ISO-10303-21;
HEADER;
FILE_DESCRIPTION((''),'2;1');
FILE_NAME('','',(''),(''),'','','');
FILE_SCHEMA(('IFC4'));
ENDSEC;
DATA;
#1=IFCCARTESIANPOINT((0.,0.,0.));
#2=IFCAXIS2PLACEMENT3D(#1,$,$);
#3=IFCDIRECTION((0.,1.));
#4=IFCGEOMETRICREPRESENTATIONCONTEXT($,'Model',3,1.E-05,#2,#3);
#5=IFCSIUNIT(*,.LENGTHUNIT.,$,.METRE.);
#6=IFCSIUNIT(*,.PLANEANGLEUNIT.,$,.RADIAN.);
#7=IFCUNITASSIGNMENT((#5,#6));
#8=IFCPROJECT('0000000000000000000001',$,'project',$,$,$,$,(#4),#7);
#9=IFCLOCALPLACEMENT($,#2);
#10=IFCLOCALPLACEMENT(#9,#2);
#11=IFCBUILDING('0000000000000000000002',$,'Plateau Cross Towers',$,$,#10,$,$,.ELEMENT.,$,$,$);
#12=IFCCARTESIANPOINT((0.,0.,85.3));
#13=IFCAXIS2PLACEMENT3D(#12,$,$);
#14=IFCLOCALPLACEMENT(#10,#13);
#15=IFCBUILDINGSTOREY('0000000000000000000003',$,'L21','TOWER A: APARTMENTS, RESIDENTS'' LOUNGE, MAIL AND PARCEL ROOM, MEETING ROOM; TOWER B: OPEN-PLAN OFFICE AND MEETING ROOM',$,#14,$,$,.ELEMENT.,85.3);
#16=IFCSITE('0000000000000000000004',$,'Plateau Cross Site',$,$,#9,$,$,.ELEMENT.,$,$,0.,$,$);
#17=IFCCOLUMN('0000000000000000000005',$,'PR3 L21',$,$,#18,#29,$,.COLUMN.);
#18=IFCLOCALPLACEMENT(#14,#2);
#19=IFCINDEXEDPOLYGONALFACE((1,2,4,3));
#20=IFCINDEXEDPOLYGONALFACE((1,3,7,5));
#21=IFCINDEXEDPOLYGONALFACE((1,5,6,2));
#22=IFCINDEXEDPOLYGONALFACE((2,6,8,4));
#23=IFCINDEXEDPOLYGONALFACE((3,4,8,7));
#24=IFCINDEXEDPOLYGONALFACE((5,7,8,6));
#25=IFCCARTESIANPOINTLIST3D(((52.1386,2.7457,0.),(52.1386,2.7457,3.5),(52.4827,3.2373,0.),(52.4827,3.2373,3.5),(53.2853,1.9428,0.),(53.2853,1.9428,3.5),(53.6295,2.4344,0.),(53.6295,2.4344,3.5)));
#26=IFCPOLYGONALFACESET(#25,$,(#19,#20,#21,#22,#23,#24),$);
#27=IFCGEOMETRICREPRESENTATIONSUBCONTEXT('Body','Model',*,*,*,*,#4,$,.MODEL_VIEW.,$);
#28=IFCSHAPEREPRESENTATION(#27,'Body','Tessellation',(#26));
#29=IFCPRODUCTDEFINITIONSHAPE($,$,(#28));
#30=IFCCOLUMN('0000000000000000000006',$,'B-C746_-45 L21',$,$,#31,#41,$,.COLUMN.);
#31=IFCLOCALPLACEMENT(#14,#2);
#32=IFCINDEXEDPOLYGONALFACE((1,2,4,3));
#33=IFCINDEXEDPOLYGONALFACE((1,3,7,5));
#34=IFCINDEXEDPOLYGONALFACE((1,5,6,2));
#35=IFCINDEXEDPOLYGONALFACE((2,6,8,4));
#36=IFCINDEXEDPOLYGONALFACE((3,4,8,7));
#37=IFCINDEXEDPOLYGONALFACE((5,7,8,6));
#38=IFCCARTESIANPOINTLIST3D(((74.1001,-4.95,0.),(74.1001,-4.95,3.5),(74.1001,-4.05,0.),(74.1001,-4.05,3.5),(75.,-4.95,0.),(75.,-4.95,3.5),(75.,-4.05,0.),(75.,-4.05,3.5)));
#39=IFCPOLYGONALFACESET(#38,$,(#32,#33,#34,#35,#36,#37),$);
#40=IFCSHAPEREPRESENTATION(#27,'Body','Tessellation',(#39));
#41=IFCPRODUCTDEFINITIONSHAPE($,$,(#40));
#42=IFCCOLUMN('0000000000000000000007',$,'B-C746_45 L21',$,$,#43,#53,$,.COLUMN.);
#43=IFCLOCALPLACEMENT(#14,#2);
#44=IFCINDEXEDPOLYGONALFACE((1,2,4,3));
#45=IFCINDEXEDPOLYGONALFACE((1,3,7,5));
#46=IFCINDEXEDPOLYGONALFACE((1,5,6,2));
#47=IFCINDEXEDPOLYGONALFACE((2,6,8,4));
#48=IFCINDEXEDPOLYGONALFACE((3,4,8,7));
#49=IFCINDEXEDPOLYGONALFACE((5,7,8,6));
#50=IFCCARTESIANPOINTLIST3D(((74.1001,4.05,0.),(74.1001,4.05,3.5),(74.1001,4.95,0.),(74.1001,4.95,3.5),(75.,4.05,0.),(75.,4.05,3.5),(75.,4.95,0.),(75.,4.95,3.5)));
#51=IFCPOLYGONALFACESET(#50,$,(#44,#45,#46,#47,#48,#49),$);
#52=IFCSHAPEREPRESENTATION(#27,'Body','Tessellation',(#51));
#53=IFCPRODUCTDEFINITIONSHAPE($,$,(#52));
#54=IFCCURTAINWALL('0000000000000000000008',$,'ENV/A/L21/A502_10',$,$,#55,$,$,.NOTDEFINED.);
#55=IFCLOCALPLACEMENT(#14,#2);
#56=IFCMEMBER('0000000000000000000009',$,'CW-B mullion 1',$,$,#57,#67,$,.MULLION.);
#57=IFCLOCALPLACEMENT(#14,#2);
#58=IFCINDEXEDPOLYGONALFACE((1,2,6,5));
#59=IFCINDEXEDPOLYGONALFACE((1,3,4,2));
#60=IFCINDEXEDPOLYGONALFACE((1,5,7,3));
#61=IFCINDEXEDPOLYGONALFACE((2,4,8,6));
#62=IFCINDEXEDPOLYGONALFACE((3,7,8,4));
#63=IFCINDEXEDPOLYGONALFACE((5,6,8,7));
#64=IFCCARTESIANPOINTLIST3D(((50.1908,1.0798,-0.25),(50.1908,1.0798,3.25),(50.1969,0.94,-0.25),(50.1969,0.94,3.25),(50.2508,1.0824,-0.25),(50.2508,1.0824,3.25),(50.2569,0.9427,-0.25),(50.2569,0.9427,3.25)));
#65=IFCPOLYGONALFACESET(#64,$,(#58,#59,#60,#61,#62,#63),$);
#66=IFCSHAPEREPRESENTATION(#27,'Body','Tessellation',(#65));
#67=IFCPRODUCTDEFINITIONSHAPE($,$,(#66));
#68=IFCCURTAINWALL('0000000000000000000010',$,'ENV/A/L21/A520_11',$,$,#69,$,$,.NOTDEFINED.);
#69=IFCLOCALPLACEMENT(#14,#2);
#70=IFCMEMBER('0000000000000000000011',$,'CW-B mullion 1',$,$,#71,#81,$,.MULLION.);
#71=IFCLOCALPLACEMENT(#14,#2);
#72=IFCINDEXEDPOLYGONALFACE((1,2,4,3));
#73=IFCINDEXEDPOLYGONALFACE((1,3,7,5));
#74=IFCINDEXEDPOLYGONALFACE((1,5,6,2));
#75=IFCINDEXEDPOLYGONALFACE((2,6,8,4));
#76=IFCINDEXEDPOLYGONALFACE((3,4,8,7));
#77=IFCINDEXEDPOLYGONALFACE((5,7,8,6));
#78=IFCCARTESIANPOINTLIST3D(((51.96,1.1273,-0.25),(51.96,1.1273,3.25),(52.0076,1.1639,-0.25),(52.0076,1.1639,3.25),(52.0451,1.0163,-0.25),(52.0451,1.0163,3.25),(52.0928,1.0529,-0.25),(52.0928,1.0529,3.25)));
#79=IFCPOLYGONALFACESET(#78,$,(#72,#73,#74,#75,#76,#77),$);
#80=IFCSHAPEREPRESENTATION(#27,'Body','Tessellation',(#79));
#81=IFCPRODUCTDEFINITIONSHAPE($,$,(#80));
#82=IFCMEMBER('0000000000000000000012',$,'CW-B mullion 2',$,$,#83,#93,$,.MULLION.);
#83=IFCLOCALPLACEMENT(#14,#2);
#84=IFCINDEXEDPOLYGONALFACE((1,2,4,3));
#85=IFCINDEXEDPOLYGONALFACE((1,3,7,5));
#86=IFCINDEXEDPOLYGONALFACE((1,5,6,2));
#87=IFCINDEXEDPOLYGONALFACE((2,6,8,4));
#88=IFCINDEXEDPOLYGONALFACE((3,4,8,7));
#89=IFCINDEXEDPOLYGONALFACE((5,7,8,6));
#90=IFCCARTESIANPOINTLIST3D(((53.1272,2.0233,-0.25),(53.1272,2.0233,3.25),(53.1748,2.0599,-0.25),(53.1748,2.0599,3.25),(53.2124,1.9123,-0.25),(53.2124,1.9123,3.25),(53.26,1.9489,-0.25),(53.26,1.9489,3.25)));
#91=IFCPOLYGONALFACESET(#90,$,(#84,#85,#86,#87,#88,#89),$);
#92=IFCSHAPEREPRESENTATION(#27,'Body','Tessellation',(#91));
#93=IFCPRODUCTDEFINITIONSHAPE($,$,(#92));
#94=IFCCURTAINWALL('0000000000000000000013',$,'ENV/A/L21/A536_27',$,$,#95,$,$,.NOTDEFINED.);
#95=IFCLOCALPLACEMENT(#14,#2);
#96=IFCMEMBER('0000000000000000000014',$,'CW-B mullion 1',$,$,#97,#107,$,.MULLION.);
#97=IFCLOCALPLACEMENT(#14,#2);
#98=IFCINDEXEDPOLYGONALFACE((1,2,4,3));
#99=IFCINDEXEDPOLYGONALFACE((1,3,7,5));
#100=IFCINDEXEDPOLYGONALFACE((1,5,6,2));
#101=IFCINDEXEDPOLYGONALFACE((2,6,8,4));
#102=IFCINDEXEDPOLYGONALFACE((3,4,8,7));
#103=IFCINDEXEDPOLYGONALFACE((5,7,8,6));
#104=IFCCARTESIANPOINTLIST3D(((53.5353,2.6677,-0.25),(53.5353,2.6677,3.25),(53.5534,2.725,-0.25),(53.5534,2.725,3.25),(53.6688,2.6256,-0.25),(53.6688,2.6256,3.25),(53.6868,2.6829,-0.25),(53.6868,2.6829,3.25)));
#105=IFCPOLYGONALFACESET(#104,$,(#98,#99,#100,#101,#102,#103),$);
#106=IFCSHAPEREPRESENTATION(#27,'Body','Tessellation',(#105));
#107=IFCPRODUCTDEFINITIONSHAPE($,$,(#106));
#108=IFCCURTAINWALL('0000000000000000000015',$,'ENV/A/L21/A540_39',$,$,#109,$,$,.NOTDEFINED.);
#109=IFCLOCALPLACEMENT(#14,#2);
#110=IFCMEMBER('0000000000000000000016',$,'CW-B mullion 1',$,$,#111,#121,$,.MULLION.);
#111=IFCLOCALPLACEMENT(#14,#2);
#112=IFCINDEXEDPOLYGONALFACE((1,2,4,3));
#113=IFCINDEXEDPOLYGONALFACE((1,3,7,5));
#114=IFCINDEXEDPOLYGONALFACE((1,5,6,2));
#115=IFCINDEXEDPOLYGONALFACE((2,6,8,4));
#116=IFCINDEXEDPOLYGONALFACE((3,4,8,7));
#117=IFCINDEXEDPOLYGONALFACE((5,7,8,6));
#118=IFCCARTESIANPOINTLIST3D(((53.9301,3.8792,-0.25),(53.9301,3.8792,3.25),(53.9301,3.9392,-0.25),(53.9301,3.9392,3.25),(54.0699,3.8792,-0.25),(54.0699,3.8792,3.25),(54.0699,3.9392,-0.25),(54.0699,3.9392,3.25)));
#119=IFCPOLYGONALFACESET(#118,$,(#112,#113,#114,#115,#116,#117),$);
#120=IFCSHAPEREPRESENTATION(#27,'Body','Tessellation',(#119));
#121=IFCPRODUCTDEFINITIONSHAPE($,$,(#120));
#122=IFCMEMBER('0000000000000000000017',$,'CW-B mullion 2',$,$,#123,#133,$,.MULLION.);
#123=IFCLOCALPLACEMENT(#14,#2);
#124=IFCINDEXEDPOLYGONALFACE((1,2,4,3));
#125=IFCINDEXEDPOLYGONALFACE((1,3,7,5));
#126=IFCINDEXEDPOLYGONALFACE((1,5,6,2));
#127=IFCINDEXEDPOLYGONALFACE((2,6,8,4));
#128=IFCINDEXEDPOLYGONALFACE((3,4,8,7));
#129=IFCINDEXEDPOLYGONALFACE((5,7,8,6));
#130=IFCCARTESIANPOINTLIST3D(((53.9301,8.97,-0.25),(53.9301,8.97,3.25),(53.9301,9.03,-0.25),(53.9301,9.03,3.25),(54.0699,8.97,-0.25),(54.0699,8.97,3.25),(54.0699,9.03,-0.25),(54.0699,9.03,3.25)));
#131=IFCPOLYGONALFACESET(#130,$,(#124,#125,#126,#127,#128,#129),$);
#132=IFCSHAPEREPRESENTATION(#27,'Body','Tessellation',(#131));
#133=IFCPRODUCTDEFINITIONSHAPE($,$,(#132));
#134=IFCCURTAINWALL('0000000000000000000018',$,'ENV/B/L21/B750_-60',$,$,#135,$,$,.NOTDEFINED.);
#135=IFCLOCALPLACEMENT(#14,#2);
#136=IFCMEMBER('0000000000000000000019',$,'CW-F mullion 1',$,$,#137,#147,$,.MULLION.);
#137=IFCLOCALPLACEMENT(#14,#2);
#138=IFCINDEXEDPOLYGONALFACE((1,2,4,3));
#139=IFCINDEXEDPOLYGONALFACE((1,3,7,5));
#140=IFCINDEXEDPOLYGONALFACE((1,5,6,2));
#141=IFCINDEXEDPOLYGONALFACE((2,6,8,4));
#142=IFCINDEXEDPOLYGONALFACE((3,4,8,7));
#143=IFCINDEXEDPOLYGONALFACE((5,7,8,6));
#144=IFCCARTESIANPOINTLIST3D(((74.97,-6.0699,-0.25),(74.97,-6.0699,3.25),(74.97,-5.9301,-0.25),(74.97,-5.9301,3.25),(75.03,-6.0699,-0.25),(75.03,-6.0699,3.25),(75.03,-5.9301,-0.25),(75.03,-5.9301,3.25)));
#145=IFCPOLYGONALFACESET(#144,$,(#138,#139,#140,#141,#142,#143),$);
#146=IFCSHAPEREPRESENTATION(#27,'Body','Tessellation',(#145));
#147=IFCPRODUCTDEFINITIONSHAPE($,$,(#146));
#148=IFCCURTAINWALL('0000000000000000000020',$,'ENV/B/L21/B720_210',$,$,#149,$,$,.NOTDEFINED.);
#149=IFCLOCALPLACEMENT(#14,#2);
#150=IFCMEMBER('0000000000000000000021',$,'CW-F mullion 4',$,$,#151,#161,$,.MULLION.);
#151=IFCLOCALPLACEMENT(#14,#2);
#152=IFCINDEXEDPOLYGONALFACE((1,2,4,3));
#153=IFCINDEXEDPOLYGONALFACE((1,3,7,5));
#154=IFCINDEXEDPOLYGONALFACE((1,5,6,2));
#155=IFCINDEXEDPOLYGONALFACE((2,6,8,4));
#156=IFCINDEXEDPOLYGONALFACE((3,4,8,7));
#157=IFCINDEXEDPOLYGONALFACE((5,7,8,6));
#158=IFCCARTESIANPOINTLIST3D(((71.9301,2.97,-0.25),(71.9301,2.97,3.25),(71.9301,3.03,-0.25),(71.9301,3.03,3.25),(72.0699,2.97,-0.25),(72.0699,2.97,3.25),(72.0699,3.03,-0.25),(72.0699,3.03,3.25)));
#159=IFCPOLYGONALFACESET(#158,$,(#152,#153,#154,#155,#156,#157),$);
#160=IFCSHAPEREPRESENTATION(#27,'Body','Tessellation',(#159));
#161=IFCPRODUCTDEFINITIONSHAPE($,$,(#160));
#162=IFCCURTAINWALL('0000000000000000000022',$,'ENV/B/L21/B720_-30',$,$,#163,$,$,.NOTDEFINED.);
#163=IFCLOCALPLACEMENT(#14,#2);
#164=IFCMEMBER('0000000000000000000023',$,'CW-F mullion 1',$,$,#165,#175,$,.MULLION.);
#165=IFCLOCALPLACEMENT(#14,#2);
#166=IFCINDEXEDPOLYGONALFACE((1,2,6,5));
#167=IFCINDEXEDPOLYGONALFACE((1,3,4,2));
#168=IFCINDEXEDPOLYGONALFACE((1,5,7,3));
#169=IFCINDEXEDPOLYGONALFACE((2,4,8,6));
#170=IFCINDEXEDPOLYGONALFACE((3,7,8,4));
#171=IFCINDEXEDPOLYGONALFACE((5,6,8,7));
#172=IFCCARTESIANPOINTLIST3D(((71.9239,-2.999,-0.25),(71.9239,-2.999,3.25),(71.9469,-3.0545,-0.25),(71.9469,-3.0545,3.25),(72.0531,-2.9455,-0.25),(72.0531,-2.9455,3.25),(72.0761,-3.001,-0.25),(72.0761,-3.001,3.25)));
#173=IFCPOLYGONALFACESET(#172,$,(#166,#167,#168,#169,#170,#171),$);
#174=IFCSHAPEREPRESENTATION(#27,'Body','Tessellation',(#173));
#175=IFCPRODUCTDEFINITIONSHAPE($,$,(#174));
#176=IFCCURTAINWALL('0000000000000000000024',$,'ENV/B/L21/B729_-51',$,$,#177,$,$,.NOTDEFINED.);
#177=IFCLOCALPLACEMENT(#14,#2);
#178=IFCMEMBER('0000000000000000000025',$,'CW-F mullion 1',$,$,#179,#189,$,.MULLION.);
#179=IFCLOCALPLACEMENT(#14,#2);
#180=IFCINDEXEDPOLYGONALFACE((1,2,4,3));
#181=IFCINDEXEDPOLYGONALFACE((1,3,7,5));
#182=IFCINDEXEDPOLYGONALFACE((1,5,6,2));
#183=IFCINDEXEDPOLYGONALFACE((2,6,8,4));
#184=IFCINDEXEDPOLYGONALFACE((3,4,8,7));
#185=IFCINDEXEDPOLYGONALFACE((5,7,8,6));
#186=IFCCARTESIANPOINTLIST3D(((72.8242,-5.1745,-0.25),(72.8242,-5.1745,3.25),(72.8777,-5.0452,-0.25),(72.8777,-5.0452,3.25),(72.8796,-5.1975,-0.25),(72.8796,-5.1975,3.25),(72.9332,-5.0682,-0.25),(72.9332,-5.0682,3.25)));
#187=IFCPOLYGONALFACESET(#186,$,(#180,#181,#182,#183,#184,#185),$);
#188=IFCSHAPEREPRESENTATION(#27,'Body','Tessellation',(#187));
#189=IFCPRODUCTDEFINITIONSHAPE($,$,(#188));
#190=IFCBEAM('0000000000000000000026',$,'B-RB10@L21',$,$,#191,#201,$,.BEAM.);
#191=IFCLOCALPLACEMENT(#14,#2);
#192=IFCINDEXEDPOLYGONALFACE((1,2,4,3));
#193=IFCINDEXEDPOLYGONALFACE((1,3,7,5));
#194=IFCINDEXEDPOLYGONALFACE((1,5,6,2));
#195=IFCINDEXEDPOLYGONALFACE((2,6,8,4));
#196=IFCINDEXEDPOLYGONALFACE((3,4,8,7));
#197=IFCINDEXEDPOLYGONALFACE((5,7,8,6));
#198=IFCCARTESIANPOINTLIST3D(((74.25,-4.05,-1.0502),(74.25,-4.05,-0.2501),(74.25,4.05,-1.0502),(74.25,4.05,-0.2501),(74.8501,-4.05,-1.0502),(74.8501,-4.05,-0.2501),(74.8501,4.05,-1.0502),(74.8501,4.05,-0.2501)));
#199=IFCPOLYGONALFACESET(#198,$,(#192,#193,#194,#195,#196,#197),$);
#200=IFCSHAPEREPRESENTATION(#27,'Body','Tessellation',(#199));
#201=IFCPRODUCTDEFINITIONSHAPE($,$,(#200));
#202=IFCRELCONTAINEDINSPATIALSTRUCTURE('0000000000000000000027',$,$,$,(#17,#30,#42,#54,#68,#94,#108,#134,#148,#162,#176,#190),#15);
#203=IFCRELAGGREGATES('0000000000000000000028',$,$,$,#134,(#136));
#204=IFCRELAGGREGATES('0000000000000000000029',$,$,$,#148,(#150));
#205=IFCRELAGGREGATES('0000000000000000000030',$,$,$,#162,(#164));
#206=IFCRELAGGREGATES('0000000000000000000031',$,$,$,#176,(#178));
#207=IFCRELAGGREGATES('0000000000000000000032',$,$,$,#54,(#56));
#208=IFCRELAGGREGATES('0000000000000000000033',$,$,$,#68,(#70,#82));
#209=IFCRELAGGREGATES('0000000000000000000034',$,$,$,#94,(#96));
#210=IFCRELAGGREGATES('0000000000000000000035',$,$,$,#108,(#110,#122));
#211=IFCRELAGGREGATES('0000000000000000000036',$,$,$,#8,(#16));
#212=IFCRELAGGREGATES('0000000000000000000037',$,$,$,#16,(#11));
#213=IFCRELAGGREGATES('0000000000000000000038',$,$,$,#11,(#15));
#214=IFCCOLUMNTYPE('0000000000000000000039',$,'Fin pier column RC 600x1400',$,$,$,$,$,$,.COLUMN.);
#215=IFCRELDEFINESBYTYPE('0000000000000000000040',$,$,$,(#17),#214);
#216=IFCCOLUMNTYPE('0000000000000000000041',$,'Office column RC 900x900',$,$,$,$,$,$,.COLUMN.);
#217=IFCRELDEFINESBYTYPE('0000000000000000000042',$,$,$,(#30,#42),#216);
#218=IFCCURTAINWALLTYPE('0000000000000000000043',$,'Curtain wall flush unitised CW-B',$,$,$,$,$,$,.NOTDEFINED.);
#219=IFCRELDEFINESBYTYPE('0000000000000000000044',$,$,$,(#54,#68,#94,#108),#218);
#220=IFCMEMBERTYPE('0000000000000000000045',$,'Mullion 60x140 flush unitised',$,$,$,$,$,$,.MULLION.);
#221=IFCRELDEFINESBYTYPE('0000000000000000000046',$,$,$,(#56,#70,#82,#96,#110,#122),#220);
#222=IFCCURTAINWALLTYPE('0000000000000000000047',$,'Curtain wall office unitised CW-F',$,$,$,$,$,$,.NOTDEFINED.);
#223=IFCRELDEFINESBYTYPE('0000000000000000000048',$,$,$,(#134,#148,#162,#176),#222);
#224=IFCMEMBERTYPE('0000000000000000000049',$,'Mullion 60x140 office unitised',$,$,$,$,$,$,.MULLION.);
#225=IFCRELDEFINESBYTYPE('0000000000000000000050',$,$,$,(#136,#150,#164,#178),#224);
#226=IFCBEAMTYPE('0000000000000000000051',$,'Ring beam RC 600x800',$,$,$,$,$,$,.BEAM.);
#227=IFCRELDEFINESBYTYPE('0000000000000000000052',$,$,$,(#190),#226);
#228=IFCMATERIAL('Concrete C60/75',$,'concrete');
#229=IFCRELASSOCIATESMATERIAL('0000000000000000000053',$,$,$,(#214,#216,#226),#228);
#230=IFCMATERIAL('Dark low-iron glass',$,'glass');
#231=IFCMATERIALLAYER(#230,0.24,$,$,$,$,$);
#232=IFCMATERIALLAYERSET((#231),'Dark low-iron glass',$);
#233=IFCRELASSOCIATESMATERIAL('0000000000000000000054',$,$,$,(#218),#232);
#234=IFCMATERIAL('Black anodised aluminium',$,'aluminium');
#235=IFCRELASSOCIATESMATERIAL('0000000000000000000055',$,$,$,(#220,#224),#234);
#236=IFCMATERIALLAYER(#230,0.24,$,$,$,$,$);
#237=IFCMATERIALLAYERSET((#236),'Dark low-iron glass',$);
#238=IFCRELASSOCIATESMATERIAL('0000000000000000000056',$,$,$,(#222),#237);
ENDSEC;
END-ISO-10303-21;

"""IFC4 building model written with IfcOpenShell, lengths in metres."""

from ifc_helpers import new_model, si_unit, direction, frame, origin, origin_2d, place, context, subcontext, project, spatial, rectangle, extrude, material, layer, layer_set, material_profile, profile_set, type_object, element, aggregate, save


model = new_model("IFC4")

# Units and contexts
model_context = context("Model", 3, precision=1e-05, world=origin(), true_north=direction((0.0, 1.0)))
body_context = subcontext(model_context, "Body", "Model", "MODEL_VIEW")
ifc_project = project(units=[si_unit("LENGTHUNIT", "METRE"), si_unit("PLANEANGLEUNIT", "RADIAN")], contexts=[model_context])

# Site, building, storey
site_placement = place(None, origin())
site = spatial("IfcSite", under=ifc_project, at=site_placement, Name="Plateau Cross Site", CompositionType="ELEMENT", RefElevation=0.0)
building_placement = place(site_placement, origin())
building = spatial("IfcBuilding", under=site, at=building_placement, Name="Plateau Cross Towers", CompositionType="ELEMENT")
storey_placement = place(building_placement, frame((0.0, 0.0, 85.3)))
storey = spatial("IfcBuildingStorey", under=building, at=storey_placement, Name="L21", Description="TOWER A: APARTMENTS, RESIDENTS' LOUNGE, MAIL AND PARCEL ROOM, MEETING ROOM; TOWER B: OPEN-PLAN OFFICE AND MEETING ROOM", CompositionType="ELEMENT", Elevation=85.3)

# Columns
ifc_material_1 = material(Name="Concrete C60/75", Category="concrete")
ifc_material_profile_1 = material_profile(ifc_material_1, rectangle(XDim=0.6001, YDim=1.3999, at=origin_2d()), Name="RC 600x1400")
ifc_profile_set_1 = profile_set([ifc_material_profile_1], Name="Concrete C60/75")
column_type_1 = type_object("IfcColumnType", Name="Fin pier column RC 600x1400", PredefinedType="COLUMN", material=ifc_profile_set_1)
column_placement = place(storey_placement, frame((52.884, 2.5901, 0.0), z_axis=(0.0, 0.0, 1.0), x_axis=(0.573543, 0.819176, 0.0)))
element("IfcColumn", 1, at=column_placement, inside=storey, type_object=column_type_1, Name="PR3 L21", PredefinedType="COLUMN", context=body_context, shape_type="SweptSolid", body=[
    extrude(rectangle(XDim=0.6001, YDim=1.3999, at=origin_2d()), origin(), (0.0, 0.0, 1.0), 3.5),
])
ifc_material_profile_2 = material_profile(ifc_material_1, rectangle(XDim=0.8999, YDim=0.8999, at=origin_2d()), Name="RC 900x900")
ifc_profile_set_2 = profile_set([ifc_material_profile_2], Name="Concrete C60/75")
column_type_2 = type_object("IfcColumnType", Name="Office column RC 900x900", PredefinedType="COLUMN", material=ifc_profile_set_2)
for number, where, z_axis, x_axis, name in (
    (2, (74.55, -4.5, 0.0), (0.0, 0.0, 1.0), (1.0, 0.0, 0.0), "B-C746_-45 L21"),
    (3, (74.55, 4.5, 0.0), (0.0, 0.0, 1.0), (1.0, 0.0, 0.0), "B-C746_45 L21"),
):
    element("IfcColumn", number, at=place(storey_placement, frame(where, z_axis=z_axis, x_axis=x_axis)), inside=storey, type_object=column_type_2, Name=name, PredefinedType="COLUMN", context=body_context, shape_type="SweptSolid", body=[
        extrude(rectangle(XDim=0.8999, YDim=0.8999, at=origin_2d()), origin(), (0.0, 0.0, 1.0), 3.5),
    ])

# Curtain wall, member
ifc_material_2 = material(Name="Dark low-iron glass", Category="glass")
ifc_layer_1 = layer(ifc_material_2, 0.24)
ifc_layer_set_1 = layer_set([ifc_layer_1], Name="Dark low-iron glass")
curtain_wall_type_1 = type_object("IfcCurtainWallType", Name="Curtain wall flush unitised CW-B", PredefinedType="NOTDEFINED", material=ifc_layer_set_1)
curtain_wall_1_placement = place(storey_placement, origin())
curtain_wall_1 = element("IfcCurtainWall", 4, at=curtain_wall_1_placement, inside=storey, type_object=curtain_wall_type_1, Name="ENV/A/L21/A502_10", PredefinedType="NOTDEFINED")
ifc_material_3 = material(Name="Black anodised aluminium", Category="aluminium")
ifc_material_profile_3 = material_profile(ifc_material_3, rectangle(XDim=0.0601, YDim=0.1399, at=origin_2d()), Name="MULLION 60x140")
ifc_profile_set_3 = profile_set([ifc_material_profile_3], Name="Black anodised aluminium")
member_type_1 = type_object("IfcMemberType", Name="Mullion 60x140 flush unitised", PredefinedType="MULLION", material=ifc_profile_set_3)
member_1_placement = place(storey_placement, frame((50.2239, 1.0112, -0.25), z_axis=(0.0, 0.0, 1.0), x_axis=(0.999044, 0.043723, 0.0)))
member_1 = element("IfcMember", 5, at=member_1_placement, type_object=member_type_1, Name="CW-B mullion 1", PredefinedType="MULLION", context=body_context, shape_type="SweptSolid", body=[
    extrude(rectangle(XDim=0.0601, YDim=0.1399, at=origin_2d()), origin(), (0.0, 0.0, 1.0), 3.5),
])

# Curtain wall, members
curtain_wall_2_placement = place(storey_placement, origin())
curtain_wall_2 = element("IfcCurtainWall", 6, at=curtain_wall_2_placement, inside=storey, type_object=curtain_wall_type_1, Name="ENV/A/L21/A520_11", PredefinedType="NOTDEFINED")
member_2_placement = place(storey_placement, frame((52.0264, 1.0901, -0.25), z_axis=(0.0, 0.0, 1.0), x_axis=(0.793316, 0.608811, 0.0)))
member_2 = element("IfcMember", 7, at=member_2_placement, type_object=member_type_1, Name="CW-B mullion 1", PredefinedType="MULLION", context=body_context, shape_type="SweptSolid", body=[
    extrude(rectangle(XDim=0.0601, YDim=0.1399, at=origin_2d()), origin(), (0.0, 0.0, 1.0), 3.5),
])
member_3_placement = place(storey_placement, frame((53.1936, 1.9861, -0.25), z_axis=(0.0, 0.0, 1.0), x_axis=(0.793316, 0.608811, 0.0)))
member_3 = element("IfcMember", 8, at=member_3_placement, type_object=member_type_1, Name="CW-B mullion 2", PredefinedType="MULLION", context=body_context, shape_type="SweptSolid", body=[
    extrude(rectangle(XDim=0.0601, YDim=0.1399, at=origin_2d()), origin(), (0.0, 0.0, 1.0), 3.5),
])

# Curtain wall, member
curtain_wall_3_placement = place(storey_placement, origin())
curtain_wall_3 = element("IfcCurtainWall", 9, at=curtain_wall_3_placement, inside=storey, type_object=curtain_wall_type_1, Name="ENV/A/L21/A536_27", PredefinedType="NOTDEFINED")
member_4_placement = place(storey_placement, frame((53.6111, 2.6753, -0.25), z_axis=(0.0, 0.0, 1.0), x_axis=(0.300686, 0.953723, 0.0)))
member_4 = element("IfcMember", 10, at=member_4_placement, type_object=member_type_1, Name="CW-B mullion 1", PredefinedType="MULLION", context=body_context, shape_type="SweptSolid", body=[
    extrude(rectangle(XDim=0.0601, YDim=0.1399, at=origin_2d()), origin(), (0.0, 0.0, 1.0), 3.5),
])

# Curtain wall, members
curtain_wall_4_placement = place(storey_placement, origin())
curtain_wall_4 = element("IfcCurtainWall", 11, at=curtain_wall_4_placement, inside=storey, type_object=curtain_wall_type_1, Name="ENV/A/L21/A540_39", PredefinedType="NOTDEFINED")
member_5_placement = place(storey_placement, frame((54.0, 3.9092, -0.25), z_axis=(0.0, 0.0, 1.0), x_axis=(0.0, 1.0, 0.0)))
member_5 = element("IfcMember", 12, at=member_5_placement, type_object=member_type_1, Name="CW-B mullion 1", PredefinedType="MULLION", context=body_context, shape_type="SweptSolid", body=[
    extrude(rectangle(XDim=0.0601, YDim=0.1399, at=origin_2d()), origin(), (0.0, 0.0, 1.0), 3.5),
])
member_6_placement = place(storey_placement, frame((54.0, 9.0, -0.25), z_axis=(0.0, 0.0, 1.0), x_axis=(0.0, 1.0, 0.0)))
member_6 = element("IfcMember", 13, at=member_6_placement, type_object=member_type_1, Name="CW-B mullion 2", PredefinedType="MULLION", context=body_context, shape_type="SweptSolid", body=[
    extrude(rectangle(XDim=0.0601, YDim=0.1399, at=origin_2d()), origin(), (0.0, 0.0, 1.0), 3.5),
])

# Curtain walls, members
ifc_layer_2 = layer(ifc_material_2, 0.24)
ifc_layer_set_2 = layer_set([ifc_layer_2], Name="Dark low-iron glass")
curtain_wall_type_2 = type_object("IfcCurtainWallType", Name="Curtain wall office unitised CW-F", PredefinedType="NOTDEFINED", material=ifc_layer_set_2)
curtain_wall_5_placement = place(storey_placement, origin())
curtain_wall_5 = element("IfcCurtainWall", 14, at=curtain_wall_5_placement, inside=storey, type_object=curtain_wall_type_2, Name="ENV/B/L21/B750_-60", PredefinedType="NOTDEFINED")
ifc_material_profile_4 = material_profile(ifc_material_3, rectangle(XDim=0.0601, YDim=0.1399, at=origin_2d()), Name="MULLION 60x140")
ifc_profile_set_4 = profile_set([ifc_material_profile_4], Name="Black anodised aluminium")
member_type_2 = type_object("IfcMemberType", Name="Mullion 60x140 office unitised", PredefinedType="MULLION", material=ifc_profile_set_4)
member_7_placement = place(storey_placement, frame((75.0, -6.0, -0.25), z_axis=(0.0, 0.0, 1.0), x_axis=(1.0, 0.0, 0.0)))
member_7 = element("IfcMember", 15, at=member_7_placement, type_object=member_type_2, Name="CW-F mullion 1", PredefinedType="MULLION", context=body_context, shape_type="SweptSolid", body=[
    extrude(rectangle(XDim=0.0601, YDim=0.1399, at=origin_2d()), origin(), (0.0, 0.0, 1.0), 3.5),
])
curtain_wall_6_placement = place(storey_placement, origin())
curtain_wall_6 = element("IfcCurtainWall", 16, at=curtain_wall_6_placement, inside=storey, type_object=curtain_wall_type_2, Name="ENV/B/L21/B720_210", PredefinedType="NOTDEFINED")
member_8_placement = place(storey_placement, frame((72.0, 3.0, -0.25), z_axis=(0.0, 0.0, 1.0), x_axis=(0.0, -1.0, 0.0)))
member_8 = element("IfcMember", 17, at=member_8_placement, type_object=member_type_2, Name="CW-F mullion 4", PredefinedType="MULLION", context=body_context, shape_type="SweptSolid", body=[
    extrude(rectangle(XDim=0.0601, YDim=0.1399, at=origin_2d()), origin(), (0.0, 0.0, 1.0), 3.5),
])
curtain_wall_7_placement = place(storey_placement, origin())
curtain_wall_7 = element("IfcCurtainWall", 18, at=curtain_wall_7_placement, inside=storey, type_object=curtain_wall_type_2, Name="ENV/B/L21/B720_-30", PredefinedType="NOTDEFINED")
member_9_placement = place(storey_placement, frame((72.0, -3.0, -0.25), z_axis=(0.0, 0.0, 1.0), x_axis=(0.382684, -0.923879, 0.0)))
member_9 = element("IfcMember", 19, at=member_9_placement, type_object=member_type_2, Name="CW-F mullion 1", PredefinedType="MULLION", context=body_context, shape_type="SweptSolid", body=[
    extrude(rectangle(XDim=0.0601, YDim=0.1399, at=origin_2d()), origin(), (0.0, 0.0, 1.0), 3.5),
])
curtain_wall_8_placement = place(storey_placement, origin())
curtain_wall_8 = element("IfcCurtainWall", 20, at=curtain_wall_8_placement, inside=storey, type_object=curtain_wall_type_2, Name="ENV/B/L21/B729_-51", PredefinedType="NOTDEFINED")
member_10_placement = place(storey_placement, frame((72.8787, -5.1213, -0.25), z_axis=(0.0, 0.0, 1.0), x_axis=(0.923879, -0.382684, 0.0)))
member_10 = element("IfcMember", 21, at=member_10_placement, type_object=member_type_2, Name="CW-F mullion 1", PredefinedType="MULLION", context=body_context, shape_type="SweptSolid", body=[
    extrude(rectangle(XDim=0.0601, YDim=0.1399, at=origin_2d()), origin(), (0.0, 0.0, 1.0), 3.5),
])

# Beam
ifc_material_profile_5 = material_profile(ifc_material_1, rectangle(XDim=0.6001, YDim=0.8, at=origin_2d()), Name="RC 600x800")
ifc_profile_set_5 = profile_set([ifc_material_profile_5], Name="Concrete C60/75")
beam_type = type_object("IfcBeamType", Name="Ring beam RC 600x800", PredefinedType="BEAM", material=ifc_profile_set_5)
beam_placement = place(storey_placement, frame((74.55, 4.05, -0.6501), z_axis=(0.0, -1.0, 0.0), x_axis=(1.0, 0.0, 0.0)))
element("IfcBeam", 22, at=beam_placement, inside=storey, type_object=beam_type, Name="B-RB10@L21", PredefinedType="BEAM", context=body_context, shape_type="SweptSolid", body=[
    extrude(rectangle(XDim=0.6001, YDim=0.8, at=origin_2d()), origin(), (0.0, 0.0, 1.0), 8.1001),
])

aggregate(curtain_wall_5, [member_7])

aggregate(curtain_wall_6, [member_8])
aggregate(curtain_wall_7, [member_9])
aggregate(curtain_wall_8, [member_10])
aggregate(curtain_wall_1, [member_1])
aggregate(curtain_wall_2, [member_2, member_3])
aggregate(curtain_wall_3, [member_4])
aggregate(curtain_wall_4, [member_5, member_6])

save(model, "model.ifc")
